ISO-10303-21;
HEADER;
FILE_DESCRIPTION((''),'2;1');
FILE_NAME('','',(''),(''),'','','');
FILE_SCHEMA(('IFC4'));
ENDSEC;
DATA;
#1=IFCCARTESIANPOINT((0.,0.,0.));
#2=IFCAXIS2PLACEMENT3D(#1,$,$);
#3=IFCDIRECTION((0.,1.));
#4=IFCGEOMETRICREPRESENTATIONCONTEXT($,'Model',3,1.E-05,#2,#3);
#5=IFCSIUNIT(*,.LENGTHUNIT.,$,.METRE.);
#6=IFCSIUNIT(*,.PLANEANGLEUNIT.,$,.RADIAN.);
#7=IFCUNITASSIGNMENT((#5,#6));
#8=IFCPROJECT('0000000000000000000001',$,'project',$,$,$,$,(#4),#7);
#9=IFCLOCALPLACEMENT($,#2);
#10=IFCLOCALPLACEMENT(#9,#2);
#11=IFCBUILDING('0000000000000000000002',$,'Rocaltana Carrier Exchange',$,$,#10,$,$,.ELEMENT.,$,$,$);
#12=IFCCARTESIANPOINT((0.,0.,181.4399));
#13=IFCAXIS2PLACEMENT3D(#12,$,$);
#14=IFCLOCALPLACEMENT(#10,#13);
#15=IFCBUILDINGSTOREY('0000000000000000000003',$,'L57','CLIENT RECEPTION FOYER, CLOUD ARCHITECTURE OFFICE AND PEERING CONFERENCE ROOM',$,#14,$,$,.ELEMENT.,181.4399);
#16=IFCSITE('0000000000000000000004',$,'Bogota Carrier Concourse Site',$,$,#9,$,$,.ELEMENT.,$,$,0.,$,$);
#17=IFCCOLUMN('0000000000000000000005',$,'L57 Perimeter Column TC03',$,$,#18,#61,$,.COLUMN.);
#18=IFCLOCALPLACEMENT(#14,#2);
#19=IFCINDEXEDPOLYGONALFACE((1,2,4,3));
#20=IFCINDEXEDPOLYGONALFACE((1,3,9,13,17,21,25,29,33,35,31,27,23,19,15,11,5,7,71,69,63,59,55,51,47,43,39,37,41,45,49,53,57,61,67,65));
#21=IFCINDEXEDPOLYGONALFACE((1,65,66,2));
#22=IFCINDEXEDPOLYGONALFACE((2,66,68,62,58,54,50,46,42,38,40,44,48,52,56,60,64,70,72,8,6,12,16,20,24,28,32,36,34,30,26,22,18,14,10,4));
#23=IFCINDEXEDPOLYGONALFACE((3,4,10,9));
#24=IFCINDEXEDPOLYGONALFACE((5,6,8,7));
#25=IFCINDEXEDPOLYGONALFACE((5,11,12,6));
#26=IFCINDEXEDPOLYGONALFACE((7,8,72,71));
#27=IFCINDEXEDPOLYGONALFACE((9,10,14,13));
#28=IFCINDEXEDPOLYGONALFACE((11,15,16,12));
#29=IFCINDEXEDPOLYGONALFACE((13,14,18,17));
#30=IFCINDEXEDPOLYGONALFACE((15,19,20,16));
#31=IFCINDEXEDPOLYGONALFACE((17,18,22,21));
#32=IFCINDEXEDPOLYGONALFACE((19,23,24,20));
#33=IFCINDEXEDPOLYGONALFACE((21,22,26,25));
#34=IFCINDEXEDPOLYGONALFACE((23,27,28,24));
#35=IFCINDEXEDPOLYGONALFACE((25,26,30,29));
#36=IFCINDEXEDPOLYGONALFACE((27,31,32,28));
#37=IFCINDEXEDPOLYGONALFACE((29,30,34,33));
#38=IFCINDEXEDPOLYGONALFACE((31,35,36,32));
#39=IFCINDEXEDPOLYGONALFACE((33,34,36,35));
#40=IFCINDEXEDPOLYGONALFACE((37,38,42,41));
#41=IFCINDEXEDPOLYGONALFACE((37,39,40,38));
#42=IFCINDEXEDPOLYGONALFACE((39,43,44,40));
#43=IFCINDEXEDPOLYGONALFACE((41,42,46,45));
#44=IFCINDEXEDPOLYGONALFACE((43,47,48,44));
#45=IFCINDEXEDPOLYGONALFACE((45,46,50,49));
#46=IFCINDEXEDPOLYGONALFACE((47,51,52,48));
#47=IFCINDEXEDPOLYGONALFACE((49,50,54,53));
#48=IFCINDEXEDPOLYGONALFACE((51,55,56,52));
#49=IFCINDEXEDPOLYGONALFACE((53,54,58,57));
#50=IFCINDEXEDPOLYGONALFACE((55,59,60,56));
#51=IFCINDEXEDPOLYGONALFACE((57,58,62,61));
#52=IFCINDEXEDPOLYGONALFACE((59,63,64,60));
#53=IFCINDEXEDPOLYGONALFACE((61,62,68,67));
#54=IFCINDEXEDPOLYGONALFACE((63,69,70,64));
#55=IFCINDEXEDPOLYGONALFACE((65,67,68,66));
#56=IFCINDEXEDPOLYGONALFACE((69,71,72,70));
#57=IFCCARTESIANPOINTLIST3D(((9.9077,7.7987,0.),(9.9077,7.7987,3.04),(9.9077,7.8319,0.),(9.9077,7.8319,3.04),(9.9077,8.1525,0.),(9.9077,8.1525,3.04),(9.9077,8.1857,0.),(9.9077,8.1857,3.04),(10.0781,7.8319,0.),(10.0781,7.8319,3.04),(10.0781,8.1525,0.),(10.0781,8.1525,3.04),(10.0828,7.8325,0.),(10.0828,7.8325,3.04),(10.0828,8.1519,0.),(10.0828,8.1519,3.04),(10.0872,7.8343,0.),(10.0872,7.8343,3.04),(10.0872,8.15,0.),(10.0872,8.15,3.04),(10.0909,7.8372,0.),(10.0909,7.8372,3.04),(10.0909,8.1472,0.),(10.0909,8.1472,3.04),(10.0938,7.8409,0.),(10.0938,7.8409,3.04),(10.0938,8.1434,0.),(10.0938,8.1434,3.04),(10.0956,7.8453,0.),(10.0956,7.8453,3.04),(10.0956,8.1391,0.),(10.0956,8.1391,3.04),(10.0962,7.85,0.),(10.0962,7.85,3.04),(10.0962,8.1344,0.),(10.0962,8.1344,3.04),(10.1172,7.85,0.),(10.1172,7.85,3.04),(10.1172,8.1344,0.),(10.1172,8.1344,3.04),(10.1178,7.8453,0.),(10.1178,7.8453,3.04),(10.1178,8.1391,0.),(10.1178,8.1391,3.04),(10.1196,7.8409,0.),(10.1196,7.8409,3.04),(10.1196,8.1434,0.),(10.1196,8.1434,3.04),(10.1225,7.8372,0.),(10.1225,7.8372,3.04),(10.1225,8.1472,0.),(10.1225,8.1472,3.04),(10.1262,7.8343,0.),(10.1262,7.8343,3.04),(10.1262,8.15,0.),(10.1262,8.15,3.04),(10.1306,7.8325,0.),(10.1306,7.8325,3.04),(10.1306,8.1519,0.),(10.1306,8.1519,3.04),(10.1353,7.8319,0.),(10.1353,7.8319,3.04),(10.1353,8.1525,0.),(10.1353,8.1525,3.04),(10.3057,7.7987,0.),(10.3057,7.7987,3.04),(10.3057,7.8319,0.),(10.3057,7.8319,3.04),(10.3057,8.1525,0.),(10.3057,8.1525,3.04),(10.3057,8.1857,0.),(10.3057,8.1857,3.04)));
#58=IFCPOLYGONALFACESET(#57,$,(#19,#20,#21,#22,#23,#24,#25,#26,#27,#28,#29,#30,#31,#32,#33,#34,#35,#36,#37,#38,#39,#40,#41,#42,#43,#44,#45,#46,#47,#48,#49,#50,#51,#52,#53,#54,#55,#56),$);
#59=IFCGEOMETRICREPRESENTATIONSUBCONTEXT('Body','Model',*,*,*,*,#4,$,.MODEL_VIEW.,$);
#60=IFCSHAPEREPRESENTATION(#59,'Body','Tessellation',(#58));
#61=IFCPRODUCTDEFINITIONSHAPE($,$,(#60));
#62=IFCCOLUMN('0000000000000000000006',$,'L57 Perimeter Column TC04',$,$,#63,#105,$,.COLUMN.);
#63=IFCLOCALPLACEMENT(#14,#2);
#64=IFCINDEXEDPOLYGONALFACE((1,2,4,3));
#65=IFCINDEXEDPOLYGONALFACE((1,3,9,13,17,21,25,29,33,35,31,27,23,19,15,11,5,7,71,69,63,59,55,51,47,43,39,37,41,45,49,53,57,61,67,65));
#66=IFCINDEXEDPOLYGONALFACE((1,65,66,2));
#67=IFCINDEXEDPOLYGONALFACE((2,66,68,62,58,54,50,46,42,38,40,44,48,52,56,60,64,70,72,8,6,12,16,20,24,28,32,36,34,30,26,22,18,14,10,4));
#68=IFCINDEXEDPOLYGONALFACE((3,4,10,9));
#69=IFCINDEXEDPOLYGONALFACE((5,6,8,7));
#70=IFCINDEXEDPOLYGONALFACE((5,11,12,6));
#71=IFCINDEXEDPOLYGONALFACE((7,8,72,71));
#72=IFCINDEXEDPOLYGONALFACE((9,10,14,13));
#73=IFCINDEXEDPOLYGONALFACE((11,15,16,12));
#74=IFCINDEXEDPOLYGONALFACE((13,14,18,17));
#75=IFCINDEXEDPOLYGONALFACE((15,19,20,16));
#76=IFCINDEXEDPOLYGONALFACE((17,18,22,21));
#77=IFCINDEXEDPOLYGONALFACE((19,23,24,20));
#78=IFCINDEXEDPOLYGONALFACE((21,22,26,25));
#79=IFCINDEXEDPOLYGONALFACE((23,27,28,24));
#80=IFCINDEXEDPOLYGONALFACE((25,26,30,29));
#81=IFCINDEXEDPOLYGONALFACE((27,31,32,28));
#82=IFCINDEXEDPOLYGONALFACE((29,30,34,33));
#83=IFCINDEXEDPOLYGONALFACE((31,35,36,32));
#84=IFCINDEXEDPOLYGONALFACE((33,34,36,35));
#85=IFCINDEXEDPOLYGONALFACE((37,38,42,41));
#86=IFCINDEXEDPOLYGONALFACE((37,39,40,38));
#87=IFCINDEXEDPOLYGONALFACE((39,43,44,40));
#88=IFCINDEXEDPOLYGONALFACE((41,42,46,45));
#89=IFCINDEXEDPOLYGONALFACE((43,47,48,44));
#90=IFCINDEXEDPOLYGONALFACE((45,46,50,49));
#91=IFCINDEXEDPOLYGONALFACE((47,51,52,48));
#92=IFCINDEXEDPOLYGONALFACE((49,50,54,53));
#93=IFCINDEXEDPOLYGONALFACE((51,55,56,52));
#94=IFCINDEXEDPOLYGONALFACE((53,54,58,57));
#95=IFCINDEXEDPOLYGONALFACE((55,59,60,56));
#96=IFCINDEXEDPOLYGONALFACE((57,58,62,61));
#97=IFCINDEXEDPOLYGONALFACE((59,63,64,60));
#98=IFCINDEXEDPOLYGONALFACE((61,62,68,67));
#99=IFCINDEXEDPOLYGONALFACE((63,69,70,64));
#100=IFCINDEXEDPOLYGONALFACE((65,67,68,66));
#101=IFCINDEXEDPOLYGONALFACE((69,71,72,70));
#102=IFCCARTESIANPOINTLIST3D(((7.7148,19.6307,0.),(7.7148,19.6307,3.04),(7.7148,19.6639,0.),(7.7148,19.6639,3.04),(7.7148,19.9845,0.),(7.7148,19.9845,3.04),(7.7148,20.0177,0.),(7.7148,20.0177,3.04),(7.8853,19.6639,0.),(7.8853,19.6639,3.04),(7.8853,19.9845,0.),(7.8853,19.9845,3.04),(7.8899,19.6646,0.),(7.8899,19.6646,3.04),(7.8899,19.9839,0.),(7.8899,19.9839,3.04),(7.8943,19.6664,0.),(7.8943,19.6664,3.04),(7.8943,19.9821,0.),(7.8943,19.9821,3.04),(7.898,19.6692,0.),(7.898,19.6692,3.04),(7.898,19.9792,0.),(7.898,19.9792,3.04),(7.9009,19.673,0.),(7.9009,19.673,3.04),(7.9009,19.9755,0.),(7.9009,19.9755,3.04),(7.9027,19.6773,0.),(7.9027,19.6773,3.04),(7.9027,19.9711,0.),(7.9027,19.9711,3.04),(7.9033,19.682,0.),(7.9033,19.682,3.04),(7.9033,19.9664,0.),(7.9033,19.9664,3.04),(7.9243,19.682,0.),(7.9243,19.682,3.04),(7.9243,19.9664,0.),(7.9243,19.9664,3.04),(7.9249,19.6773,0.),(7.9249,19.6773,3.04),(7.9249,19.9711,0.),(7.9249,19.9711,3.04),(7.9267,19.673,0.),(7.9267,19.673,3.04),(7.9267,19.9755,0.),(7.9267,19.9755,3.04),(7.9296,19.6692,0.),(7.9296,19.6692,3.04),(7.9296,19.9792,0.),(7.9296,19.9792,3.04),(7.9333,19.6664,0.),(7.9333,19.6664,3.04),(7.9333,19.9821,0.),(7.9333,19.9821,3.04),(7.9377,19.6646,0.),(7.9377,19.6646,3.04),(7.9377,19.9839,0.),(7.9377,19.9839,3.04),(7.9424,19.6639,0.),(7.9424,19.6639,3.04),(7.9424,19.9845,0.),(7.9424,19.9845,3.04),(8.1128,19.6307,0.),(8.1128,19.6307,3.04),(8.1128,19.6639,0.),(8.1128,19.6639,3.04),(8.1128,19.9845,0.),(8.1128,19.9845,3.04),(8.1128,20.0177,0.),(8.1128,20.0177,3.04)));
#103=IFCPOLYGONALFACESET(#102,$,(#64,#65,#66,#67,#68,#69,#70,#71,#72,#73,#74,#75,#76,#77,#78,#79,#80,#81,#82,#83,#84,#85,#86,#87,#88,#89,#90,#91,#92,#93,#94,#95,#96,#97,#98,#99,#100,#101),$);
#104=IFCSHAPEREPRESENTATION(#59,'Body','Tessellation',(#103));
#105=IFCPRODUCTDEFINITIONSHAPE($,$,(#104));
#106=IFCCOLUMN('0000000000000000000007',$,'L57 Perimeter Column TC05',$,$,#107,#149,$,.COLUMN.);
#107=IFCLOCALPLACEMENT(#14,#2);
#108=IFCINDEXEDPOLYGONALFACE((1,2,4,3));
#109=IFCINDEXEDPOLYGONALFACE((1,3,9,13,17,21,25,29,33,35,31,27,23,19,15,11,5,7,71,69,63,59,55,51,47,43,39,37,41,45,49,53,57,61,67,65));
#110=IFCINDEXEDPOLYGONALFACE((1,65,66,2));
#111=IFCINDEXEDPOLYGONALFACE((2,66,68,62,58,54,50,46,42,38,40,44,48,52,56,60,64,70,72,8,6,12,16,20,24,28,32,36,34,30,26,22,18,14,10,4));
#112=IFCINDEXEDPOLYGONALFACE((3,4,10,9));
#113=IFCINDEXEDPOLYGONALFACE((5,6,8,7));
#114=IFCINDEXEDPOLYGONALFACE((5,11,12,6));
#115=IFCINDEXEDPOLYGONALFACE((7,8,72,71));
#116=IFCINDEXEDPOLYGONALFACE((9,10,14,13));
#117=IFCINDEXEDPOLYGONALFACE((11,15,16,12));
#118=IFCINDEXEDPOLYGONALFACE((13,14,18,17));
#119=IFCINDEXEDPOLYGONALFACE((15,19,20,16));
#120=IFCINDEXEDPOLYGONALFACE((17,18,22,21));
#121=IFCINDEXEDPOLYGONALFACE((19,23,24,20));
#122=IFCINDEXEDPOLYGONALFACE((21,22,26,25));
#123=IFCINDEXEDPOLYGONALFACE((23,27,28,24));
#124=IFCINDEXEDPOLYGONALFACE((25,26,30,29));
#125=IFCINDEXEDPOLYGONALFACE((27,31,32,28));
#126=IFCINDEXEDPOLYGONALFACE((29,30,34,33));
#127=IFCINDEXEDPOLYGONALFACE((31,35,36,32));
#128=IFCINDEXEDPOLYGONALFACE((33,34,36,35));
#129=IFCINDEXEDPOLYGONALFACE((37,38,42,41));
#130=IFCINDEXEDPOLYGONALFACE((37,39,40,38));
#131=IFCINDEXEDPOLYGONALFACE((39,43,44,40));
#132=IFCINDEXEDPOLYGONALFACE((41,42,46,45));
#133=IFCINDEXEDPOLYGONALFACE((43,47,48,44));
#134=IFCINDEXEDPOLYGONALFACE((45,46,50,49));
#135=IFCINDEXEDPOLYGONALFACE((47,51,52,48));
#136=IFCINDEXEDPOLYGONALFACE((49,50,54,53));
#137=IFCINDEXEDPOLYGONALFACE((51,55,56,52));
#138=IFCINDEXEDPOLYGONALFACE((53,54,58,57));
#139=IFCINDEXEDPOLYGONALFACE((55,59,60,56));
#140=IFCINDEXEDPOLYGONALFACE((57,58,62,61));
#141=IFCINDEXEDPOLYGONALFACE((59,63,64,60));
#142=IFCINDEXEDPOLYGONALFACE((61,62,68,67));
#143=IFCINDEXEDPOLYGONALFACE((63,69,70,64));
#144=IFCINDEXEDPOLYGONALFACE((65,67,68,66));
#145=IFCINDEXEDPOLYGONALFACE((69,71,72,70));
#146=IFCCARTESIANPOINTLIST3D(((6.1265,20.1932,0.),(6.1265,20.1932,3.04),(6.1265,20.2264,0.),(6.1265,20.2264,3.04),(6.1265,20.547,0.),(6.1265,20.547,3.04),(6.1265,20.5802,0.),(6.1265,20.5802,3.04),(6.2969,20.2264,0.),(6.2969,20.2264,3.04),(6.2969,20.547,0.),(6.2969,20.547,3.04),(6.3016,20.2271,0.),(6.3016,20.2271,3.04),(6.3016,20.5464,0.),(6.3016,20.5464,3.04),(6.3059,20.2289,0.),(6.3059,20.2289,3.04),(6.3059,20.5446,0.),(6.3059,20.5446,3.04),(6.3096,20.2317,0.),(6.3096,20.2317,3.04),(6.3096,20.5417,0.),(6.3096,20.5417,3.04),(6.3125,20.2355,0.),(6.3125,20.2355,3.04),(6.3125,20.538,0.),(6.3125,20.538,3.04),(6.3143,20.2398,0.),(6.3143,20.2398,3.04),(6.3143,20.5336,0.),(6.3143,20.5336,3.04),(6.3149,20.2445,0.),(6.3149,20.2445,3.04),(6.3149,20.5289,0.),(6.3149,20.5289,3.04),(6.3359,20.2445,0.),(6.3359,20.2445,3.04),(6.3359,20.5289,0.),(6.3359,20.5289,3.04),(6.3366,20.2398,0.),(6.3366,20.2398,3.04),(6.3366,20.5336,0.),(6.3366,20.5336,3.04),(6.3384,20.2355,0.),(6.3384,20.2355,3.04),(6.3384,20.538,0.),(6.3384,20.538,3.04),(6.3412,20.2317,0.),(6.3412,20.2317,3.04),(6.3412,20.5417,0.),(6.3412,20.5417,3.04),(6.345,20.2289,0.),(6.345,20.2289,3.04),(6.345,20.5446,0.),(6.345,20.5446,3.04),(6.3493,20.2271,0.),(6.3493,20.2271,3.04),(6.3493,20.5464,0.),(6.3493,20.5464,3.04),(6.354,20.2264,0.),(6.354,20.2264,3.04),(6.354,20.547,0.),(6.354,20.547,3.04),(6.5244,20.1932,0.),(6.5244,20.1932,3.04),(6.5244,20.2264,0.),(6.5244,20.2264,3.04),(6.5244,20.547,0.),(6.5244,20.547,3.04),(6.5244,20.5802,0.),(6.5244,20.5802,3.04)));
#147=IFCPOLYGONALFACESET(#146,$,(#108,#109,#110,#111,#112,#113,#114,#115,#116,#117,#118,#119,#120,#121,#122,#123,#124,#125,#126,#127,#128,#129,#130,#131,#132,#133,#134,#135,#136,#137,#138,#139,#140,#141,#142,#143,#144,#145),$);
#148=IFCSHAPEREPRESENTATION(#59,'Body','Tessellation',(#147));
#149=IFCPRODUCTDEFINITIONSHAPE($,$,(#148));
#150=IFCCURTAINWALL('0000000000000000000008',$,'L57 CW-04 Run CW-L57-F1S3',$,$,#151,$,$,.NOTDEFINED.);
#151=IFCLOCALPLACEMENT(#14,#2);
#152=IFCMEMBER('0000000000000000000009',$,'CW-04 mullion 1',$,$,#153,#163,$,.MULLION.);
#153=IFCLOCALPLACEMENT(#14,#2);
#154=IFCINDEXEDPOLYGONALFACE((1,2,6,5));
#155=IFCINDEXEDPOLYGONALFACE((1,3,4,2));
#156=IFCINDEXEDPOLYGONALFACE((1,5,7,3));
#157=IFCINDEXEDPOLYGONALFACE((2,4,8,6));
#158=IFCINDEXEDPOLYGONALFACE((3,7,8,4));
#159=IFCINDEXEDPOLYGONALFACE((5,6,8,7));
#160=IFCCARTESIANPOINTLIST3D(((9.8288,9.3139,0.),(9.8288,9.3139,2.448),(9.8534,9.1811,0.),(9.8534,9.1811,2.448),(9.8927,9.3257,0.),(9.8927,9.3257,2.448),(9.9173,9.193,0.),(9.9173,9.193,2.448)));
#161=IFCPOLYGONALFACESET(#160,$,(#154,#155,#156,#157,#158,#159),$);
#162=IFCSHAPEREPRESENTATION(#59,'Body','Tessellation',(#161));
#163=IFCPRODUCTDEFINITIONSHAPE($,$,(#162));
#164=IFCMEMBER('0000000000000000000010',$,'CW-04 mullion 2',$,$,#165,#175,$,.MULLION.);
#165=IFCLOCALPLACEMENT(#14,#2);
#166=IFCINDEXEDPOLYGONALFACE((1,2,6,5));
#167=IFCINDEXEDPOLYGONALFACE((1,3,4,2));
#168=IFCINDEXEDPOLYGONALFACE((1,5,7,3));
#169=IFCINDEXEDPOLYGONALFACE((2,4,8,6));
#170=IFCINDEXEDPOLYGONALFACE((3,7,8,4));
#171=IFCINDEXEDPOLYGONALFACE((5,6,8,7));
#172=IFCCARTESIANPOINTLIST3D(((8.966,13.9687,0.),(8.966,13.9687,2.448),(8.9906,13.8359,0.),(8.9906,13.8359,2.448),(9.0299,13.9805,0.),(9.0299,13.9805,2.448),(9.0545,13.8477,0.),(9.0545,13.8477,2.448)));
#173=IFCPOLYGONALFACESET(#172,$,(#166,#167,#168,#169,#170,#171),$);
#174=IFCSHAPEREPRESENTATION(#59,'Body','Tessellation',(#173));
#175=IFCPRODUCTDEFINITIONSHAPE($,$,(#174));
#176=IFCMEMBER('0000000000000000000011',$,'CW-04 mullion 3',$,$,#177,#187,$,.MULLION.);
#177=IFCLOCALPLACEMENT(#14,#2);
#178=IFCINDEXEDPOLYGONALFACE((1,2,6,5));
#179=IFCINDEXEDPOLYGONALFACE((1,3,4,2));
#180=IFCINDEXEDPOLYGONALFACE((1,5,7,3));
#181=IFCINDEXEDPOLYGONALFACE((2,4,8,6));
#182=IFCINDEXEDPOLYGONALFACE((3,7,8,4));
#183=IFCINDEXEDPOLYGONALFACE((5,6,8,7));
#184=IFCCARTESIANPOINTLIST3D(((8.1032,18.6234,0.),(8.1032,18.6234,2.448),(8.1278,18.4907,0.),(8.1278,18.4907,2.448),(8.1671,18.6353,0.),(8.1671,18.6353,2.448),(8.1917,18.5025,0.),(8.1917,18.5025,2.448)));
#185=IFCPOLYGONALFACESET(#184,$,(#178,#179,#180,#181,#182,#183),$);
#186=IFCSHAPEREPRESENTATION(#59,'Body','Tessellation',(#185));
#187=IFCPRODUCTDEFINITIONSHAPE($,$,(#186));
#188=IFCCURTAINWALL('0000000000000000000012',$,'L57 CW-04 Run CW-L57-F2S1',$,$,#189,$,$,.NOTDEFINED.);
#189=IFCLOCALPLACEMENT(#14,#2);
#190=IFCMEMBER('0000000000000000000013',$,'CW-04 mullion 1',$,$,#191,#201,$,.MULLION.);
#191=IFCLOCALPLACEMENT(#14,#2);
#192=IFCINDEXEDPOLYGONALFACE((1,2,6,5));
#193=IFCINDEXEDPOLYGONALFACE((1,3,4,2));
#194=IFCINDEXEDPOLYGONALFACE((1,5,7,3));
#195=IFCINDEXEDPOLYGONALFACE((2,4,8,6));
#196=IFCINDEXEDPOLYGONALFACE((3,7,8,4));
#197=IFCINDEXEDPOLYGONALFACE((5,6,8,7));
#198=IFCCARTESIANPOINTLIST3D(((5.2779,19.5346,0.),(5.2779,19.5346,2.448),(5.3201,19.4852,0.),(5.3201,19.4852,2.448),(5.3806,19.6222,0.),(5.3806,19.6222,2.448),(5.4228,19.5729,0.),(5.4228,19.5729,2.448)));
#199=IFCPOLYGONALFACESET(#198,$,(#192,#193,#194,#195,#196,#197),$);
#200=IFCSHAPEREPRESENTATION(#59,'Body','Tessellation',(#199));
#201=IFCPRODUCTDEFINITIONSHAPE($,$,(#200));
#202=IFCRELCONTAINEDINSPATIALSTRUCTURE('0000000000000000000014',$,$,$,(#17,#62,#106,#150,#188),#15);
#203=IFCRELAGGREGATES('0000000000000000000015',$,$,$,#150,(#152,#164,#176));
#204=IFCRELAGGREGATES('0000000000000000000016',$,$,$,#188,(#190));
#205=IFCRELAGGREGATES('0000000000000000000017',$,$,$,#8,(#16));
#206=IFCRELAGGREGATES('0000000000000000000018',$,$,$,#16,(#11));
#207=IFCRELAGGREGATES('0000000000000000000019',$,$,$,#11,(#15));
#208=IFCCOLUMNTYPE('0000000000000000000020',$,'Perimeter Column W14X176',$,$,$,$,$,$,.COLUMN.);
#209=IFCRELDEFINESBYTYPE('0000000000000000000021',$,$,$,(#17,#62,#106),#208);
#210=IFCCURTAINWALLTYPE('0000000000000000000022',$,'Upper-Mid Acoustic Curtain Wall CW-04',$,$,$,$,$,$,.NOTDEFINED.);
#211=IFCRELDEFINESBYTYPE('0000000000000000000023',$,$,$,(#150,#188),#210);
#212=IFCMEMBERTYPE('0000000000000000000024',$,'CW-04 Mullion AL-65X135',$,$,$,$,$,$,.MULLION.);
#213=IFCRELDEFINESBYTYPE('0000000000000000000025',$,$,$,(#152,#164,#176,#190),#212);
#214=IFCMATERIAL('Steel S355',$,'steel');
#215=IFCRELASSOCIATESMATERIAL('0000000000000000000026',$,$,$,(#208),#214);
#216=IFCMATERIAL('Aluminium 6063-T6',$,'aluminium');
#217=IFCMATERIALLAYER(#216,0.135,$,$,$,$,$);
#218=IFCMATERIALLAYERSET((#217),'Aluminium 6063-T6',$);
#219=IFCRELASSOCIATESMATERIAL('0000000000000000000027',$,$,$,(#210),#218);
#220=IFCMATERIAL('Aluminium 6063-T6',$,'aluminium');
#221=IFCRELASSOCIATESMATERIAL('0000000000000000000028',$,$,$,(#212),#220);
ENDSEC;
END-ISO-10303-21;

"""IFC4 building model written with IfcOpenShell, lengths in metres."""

from ifc_helpers import new_model, si_unit, direction, frame, origin, origin_2d, place, context, subcontext, project, spatial, rectangle, i_section, extrude, material, layer, layer_set, material_profile, profile_set, type_object, element, aggregate, save


model = new_model("IFC4")

# Units and contexts
model_context = context("Model", 3, precision=1e-05, world=origin(), true_north=direction((0.0, 1.0)))
body_context = subcontext(model_context, "Body", "Model", "MODEL_VIEW")
ifc_project = project(units=[si_unit("LENGTHUNIT", "METRE"), si_unit("PLANEANGLEUNIT", "RADIAN")], contexts=[model_context])

# Site, building, storey
site_placement = place(None, origin())
site = spatial("IfcSite", under=ifc_project, at=site_placement, Name="Bogota Carrier Concourse Site", CompositionType="ELEMENT", RefElevation=0.0)
building_placement = place(site_placement, origin())
building = spatial("IfcBuilding", under=site, at=building_placement, Name="Rocaltana Carrier Exchange", CompositionType="ELEMENT")
storey_placement = place(building_placement, frame((0.0, 0.0, 181.4399)))
storey = spatial("IfcBuildingStorey", under=building, at=storey_placement, Name="L57", Description="CLIENT RECEPTION FOYER, CLOUD ARCHITECTURE OFFICE AND PEERING CONFERENCE ROOM", CompositionType="ELEMENT", Elevation=181.4399)

# Columns
ifc_material_1 = material(Name="Steel S355", Category="steel")
ifc_material_profile_1 = material_profile(ifc_material_1, i_section(OverallWidth=0.3979, OverallDepth=0.387, WebThickness=0.021, FlangeThickness=0.0332, FilletRadius=0.0181, at=origin_2d()), Name="W14X176")
ifc_profile_set_1 = profile_set([ifc_material_profile_1], Name="Steel S355")
column_type = type_object("IfcColumnType", Name="Perimeter Column W14X176", PredefinedType="COLUMN", material=ifc_profile_set_1)
for number, where, z_axis, x_axis, name in (
    (1, (10.1067, 7.9922, 0.0), (0.0, 0.0, 1.0), (1.0, 0.0, 0.0), "L57 Perimeter Column TC03"),
    (2, (7.9138, 19.8242, 0.0), (0.0, 0.0, 1.0), (1.0, 0.0, 0.0), "L57 Perimeter Column TC04"),
    (3, (6.3254, 20.3867, 0.0), (0.0, 0.0, 1.0), (1.0, 0.0, 0.0), "L57 Perimeter Column TC05"),
):
    element("IfcColumn", number, at=place(storey_placement, frame(where, z_axis=z_axis, x_axis=x_axis)), inside=storey, type_object=column_type, Name=name, PredefinedType="COLUMN", context=body_context, shape_type="SweptSolid", body=[
        extrude(i_section(OverallWidth=0.3979, OverallDepth=0.387, WebThickness=0.021, FlangeThickness=0.0332, FilletRadius=0.0181, at=origin_2d()), origin(), (0.0, 0.0, 1.0), 3.04),
    ])

# Curtain walls, members
ifc_material_2 = material(Name="Aluminium 6063-T6", Category="aluminium")
ifc_layer_1 = layer(ifc_material_2, 0.135)
ifc_layer_set_1 = layer_set([ifc_layer_1], Name="Aluminium 6063-T6")
curtain_wall_type = type_object("IfcCurtainWallType", Name="Upper-Mid Acoustic Curtain Wall CW-04", PredefinedType="NOTDEFINED", material=ifc_layer_set_1)
curtain_wall_1_placement = place(storey_placement, origin())
curtain_wall_1 = element("IfcCurtainWall", 4, at=curtain_wall_1_placement, inside=storey, type_object=curtain_wall_type, Name="L57 CW-04 Run CW-L57-F1S3", PredefinedType="NOTDEFINED")
ifc_material_3 = material(Name="Aluminium 6063-T6", Category="aluminium")
ifc_material_profile_2 = material_profile(ifc_material_3, rectangle(XDim=0.0649, YDim=0.135, at=origin_2d()), Name="AL-65X135")
ifc_profile_set_2 = profile_set([ifc_material_profile_2], Name="Aluminium 6063-T6")
member_type_1 = type_object("IfcMemberType", Name="CW-04 Mullion AL-65X135", PredefinedType="MULLION", material=ifc_profile_set_2)
member_1_placement = place(storey_placement, frame((9.873, 9.2534, 0.0), z_axis=(0.0, 0.0, 1.0), x_axis=(-0.983255, -0.182236, 0.0)))
member_1 = element("IfcMember", 5, at=member_1_placement, type_object=member_type_1, Name="CW-04 mullion 1", PredefinedType="MULLION", context=body_context, shape_type="SweptSolid", body=[
    extrude(rectangle(XDim=0.0649, YDim=0.135, at=origin_2d()), origin(), (0.0, 0.0, 1.0), 2.448),
])
member_2_placement = place(storey_placement, frame((9.0103, 13.9082, 0.0), z_axis=(0.0, 0.0, 1.0), x_axis=(-0.983255, -0.182236, 0.0)))
member_2 = element("IfcMember", 6, at=member_2_placement, type_object=member_type_1, Name="CW-04 mullion 2", PredefinedType="MULLION", context=body_context, shape_type="SweptSolid", body=[
    extrude(rectangle(XDim=0.0649, YDim=0.135, at=origin_2d()), origin(), (0.0, 0.0, 1.0), 2.448),
])
member_3_placement = place(storey_placement, frame((8.1475, 18.563, 0.0), z_axis=(0.0, 0.0, 1.0), x_axis=(-0.983255, -0.182236, 0.0)))
member_3 = element("IfcMember", 7, at=member_3_placement, type_object=member_type_1, Name="CW-04 mullion 3", PredefinedType="MULLION", context=body_context, shape_type="SweptSolid", body=[
    extrude(rectangle(XDim=0.0649, YDim=0.135, at=origin_2d()), origin(), (0.0, 0.0, 1.0), 2.448),
])
curtain_wall_2_placement = place(storey_placement, origin())
curtain_wall_2 = element("IfcCurtainWall", 8, at=curtain_wall_2_placement, inside=storey, type_object=curtain_wall_type, Name="L57 CW-04 Run CW-L57-F2S1", PredefinedType="NOTDEFINED")
member_4_placement = place(storey_placement, frame((5.3503, 19.5537, 0.0), z_axis=(0.0, 0.0, 1.0), x_axis=(0.649448, -0.760406, 0.0)))
member_4 = element("IfcMember", 9, at=member_4_placement, type_object=member_type_1, Name="CW-04 mullion 1", PredefinedType="MULLION", context=body_context, shape_type="SweptSolid", body=[
    extrude(rectangle(XDim=0.0649, YDim=0.135, at=origin_2d()), origin(), (0.0, 0.0, 1.0), 2.448),
])

aggregate(curtain_wall_1, [member_1, member_2, member_3])
aggregate(curtain_wall_2, [member_4])

save(model, "model.ifc")
